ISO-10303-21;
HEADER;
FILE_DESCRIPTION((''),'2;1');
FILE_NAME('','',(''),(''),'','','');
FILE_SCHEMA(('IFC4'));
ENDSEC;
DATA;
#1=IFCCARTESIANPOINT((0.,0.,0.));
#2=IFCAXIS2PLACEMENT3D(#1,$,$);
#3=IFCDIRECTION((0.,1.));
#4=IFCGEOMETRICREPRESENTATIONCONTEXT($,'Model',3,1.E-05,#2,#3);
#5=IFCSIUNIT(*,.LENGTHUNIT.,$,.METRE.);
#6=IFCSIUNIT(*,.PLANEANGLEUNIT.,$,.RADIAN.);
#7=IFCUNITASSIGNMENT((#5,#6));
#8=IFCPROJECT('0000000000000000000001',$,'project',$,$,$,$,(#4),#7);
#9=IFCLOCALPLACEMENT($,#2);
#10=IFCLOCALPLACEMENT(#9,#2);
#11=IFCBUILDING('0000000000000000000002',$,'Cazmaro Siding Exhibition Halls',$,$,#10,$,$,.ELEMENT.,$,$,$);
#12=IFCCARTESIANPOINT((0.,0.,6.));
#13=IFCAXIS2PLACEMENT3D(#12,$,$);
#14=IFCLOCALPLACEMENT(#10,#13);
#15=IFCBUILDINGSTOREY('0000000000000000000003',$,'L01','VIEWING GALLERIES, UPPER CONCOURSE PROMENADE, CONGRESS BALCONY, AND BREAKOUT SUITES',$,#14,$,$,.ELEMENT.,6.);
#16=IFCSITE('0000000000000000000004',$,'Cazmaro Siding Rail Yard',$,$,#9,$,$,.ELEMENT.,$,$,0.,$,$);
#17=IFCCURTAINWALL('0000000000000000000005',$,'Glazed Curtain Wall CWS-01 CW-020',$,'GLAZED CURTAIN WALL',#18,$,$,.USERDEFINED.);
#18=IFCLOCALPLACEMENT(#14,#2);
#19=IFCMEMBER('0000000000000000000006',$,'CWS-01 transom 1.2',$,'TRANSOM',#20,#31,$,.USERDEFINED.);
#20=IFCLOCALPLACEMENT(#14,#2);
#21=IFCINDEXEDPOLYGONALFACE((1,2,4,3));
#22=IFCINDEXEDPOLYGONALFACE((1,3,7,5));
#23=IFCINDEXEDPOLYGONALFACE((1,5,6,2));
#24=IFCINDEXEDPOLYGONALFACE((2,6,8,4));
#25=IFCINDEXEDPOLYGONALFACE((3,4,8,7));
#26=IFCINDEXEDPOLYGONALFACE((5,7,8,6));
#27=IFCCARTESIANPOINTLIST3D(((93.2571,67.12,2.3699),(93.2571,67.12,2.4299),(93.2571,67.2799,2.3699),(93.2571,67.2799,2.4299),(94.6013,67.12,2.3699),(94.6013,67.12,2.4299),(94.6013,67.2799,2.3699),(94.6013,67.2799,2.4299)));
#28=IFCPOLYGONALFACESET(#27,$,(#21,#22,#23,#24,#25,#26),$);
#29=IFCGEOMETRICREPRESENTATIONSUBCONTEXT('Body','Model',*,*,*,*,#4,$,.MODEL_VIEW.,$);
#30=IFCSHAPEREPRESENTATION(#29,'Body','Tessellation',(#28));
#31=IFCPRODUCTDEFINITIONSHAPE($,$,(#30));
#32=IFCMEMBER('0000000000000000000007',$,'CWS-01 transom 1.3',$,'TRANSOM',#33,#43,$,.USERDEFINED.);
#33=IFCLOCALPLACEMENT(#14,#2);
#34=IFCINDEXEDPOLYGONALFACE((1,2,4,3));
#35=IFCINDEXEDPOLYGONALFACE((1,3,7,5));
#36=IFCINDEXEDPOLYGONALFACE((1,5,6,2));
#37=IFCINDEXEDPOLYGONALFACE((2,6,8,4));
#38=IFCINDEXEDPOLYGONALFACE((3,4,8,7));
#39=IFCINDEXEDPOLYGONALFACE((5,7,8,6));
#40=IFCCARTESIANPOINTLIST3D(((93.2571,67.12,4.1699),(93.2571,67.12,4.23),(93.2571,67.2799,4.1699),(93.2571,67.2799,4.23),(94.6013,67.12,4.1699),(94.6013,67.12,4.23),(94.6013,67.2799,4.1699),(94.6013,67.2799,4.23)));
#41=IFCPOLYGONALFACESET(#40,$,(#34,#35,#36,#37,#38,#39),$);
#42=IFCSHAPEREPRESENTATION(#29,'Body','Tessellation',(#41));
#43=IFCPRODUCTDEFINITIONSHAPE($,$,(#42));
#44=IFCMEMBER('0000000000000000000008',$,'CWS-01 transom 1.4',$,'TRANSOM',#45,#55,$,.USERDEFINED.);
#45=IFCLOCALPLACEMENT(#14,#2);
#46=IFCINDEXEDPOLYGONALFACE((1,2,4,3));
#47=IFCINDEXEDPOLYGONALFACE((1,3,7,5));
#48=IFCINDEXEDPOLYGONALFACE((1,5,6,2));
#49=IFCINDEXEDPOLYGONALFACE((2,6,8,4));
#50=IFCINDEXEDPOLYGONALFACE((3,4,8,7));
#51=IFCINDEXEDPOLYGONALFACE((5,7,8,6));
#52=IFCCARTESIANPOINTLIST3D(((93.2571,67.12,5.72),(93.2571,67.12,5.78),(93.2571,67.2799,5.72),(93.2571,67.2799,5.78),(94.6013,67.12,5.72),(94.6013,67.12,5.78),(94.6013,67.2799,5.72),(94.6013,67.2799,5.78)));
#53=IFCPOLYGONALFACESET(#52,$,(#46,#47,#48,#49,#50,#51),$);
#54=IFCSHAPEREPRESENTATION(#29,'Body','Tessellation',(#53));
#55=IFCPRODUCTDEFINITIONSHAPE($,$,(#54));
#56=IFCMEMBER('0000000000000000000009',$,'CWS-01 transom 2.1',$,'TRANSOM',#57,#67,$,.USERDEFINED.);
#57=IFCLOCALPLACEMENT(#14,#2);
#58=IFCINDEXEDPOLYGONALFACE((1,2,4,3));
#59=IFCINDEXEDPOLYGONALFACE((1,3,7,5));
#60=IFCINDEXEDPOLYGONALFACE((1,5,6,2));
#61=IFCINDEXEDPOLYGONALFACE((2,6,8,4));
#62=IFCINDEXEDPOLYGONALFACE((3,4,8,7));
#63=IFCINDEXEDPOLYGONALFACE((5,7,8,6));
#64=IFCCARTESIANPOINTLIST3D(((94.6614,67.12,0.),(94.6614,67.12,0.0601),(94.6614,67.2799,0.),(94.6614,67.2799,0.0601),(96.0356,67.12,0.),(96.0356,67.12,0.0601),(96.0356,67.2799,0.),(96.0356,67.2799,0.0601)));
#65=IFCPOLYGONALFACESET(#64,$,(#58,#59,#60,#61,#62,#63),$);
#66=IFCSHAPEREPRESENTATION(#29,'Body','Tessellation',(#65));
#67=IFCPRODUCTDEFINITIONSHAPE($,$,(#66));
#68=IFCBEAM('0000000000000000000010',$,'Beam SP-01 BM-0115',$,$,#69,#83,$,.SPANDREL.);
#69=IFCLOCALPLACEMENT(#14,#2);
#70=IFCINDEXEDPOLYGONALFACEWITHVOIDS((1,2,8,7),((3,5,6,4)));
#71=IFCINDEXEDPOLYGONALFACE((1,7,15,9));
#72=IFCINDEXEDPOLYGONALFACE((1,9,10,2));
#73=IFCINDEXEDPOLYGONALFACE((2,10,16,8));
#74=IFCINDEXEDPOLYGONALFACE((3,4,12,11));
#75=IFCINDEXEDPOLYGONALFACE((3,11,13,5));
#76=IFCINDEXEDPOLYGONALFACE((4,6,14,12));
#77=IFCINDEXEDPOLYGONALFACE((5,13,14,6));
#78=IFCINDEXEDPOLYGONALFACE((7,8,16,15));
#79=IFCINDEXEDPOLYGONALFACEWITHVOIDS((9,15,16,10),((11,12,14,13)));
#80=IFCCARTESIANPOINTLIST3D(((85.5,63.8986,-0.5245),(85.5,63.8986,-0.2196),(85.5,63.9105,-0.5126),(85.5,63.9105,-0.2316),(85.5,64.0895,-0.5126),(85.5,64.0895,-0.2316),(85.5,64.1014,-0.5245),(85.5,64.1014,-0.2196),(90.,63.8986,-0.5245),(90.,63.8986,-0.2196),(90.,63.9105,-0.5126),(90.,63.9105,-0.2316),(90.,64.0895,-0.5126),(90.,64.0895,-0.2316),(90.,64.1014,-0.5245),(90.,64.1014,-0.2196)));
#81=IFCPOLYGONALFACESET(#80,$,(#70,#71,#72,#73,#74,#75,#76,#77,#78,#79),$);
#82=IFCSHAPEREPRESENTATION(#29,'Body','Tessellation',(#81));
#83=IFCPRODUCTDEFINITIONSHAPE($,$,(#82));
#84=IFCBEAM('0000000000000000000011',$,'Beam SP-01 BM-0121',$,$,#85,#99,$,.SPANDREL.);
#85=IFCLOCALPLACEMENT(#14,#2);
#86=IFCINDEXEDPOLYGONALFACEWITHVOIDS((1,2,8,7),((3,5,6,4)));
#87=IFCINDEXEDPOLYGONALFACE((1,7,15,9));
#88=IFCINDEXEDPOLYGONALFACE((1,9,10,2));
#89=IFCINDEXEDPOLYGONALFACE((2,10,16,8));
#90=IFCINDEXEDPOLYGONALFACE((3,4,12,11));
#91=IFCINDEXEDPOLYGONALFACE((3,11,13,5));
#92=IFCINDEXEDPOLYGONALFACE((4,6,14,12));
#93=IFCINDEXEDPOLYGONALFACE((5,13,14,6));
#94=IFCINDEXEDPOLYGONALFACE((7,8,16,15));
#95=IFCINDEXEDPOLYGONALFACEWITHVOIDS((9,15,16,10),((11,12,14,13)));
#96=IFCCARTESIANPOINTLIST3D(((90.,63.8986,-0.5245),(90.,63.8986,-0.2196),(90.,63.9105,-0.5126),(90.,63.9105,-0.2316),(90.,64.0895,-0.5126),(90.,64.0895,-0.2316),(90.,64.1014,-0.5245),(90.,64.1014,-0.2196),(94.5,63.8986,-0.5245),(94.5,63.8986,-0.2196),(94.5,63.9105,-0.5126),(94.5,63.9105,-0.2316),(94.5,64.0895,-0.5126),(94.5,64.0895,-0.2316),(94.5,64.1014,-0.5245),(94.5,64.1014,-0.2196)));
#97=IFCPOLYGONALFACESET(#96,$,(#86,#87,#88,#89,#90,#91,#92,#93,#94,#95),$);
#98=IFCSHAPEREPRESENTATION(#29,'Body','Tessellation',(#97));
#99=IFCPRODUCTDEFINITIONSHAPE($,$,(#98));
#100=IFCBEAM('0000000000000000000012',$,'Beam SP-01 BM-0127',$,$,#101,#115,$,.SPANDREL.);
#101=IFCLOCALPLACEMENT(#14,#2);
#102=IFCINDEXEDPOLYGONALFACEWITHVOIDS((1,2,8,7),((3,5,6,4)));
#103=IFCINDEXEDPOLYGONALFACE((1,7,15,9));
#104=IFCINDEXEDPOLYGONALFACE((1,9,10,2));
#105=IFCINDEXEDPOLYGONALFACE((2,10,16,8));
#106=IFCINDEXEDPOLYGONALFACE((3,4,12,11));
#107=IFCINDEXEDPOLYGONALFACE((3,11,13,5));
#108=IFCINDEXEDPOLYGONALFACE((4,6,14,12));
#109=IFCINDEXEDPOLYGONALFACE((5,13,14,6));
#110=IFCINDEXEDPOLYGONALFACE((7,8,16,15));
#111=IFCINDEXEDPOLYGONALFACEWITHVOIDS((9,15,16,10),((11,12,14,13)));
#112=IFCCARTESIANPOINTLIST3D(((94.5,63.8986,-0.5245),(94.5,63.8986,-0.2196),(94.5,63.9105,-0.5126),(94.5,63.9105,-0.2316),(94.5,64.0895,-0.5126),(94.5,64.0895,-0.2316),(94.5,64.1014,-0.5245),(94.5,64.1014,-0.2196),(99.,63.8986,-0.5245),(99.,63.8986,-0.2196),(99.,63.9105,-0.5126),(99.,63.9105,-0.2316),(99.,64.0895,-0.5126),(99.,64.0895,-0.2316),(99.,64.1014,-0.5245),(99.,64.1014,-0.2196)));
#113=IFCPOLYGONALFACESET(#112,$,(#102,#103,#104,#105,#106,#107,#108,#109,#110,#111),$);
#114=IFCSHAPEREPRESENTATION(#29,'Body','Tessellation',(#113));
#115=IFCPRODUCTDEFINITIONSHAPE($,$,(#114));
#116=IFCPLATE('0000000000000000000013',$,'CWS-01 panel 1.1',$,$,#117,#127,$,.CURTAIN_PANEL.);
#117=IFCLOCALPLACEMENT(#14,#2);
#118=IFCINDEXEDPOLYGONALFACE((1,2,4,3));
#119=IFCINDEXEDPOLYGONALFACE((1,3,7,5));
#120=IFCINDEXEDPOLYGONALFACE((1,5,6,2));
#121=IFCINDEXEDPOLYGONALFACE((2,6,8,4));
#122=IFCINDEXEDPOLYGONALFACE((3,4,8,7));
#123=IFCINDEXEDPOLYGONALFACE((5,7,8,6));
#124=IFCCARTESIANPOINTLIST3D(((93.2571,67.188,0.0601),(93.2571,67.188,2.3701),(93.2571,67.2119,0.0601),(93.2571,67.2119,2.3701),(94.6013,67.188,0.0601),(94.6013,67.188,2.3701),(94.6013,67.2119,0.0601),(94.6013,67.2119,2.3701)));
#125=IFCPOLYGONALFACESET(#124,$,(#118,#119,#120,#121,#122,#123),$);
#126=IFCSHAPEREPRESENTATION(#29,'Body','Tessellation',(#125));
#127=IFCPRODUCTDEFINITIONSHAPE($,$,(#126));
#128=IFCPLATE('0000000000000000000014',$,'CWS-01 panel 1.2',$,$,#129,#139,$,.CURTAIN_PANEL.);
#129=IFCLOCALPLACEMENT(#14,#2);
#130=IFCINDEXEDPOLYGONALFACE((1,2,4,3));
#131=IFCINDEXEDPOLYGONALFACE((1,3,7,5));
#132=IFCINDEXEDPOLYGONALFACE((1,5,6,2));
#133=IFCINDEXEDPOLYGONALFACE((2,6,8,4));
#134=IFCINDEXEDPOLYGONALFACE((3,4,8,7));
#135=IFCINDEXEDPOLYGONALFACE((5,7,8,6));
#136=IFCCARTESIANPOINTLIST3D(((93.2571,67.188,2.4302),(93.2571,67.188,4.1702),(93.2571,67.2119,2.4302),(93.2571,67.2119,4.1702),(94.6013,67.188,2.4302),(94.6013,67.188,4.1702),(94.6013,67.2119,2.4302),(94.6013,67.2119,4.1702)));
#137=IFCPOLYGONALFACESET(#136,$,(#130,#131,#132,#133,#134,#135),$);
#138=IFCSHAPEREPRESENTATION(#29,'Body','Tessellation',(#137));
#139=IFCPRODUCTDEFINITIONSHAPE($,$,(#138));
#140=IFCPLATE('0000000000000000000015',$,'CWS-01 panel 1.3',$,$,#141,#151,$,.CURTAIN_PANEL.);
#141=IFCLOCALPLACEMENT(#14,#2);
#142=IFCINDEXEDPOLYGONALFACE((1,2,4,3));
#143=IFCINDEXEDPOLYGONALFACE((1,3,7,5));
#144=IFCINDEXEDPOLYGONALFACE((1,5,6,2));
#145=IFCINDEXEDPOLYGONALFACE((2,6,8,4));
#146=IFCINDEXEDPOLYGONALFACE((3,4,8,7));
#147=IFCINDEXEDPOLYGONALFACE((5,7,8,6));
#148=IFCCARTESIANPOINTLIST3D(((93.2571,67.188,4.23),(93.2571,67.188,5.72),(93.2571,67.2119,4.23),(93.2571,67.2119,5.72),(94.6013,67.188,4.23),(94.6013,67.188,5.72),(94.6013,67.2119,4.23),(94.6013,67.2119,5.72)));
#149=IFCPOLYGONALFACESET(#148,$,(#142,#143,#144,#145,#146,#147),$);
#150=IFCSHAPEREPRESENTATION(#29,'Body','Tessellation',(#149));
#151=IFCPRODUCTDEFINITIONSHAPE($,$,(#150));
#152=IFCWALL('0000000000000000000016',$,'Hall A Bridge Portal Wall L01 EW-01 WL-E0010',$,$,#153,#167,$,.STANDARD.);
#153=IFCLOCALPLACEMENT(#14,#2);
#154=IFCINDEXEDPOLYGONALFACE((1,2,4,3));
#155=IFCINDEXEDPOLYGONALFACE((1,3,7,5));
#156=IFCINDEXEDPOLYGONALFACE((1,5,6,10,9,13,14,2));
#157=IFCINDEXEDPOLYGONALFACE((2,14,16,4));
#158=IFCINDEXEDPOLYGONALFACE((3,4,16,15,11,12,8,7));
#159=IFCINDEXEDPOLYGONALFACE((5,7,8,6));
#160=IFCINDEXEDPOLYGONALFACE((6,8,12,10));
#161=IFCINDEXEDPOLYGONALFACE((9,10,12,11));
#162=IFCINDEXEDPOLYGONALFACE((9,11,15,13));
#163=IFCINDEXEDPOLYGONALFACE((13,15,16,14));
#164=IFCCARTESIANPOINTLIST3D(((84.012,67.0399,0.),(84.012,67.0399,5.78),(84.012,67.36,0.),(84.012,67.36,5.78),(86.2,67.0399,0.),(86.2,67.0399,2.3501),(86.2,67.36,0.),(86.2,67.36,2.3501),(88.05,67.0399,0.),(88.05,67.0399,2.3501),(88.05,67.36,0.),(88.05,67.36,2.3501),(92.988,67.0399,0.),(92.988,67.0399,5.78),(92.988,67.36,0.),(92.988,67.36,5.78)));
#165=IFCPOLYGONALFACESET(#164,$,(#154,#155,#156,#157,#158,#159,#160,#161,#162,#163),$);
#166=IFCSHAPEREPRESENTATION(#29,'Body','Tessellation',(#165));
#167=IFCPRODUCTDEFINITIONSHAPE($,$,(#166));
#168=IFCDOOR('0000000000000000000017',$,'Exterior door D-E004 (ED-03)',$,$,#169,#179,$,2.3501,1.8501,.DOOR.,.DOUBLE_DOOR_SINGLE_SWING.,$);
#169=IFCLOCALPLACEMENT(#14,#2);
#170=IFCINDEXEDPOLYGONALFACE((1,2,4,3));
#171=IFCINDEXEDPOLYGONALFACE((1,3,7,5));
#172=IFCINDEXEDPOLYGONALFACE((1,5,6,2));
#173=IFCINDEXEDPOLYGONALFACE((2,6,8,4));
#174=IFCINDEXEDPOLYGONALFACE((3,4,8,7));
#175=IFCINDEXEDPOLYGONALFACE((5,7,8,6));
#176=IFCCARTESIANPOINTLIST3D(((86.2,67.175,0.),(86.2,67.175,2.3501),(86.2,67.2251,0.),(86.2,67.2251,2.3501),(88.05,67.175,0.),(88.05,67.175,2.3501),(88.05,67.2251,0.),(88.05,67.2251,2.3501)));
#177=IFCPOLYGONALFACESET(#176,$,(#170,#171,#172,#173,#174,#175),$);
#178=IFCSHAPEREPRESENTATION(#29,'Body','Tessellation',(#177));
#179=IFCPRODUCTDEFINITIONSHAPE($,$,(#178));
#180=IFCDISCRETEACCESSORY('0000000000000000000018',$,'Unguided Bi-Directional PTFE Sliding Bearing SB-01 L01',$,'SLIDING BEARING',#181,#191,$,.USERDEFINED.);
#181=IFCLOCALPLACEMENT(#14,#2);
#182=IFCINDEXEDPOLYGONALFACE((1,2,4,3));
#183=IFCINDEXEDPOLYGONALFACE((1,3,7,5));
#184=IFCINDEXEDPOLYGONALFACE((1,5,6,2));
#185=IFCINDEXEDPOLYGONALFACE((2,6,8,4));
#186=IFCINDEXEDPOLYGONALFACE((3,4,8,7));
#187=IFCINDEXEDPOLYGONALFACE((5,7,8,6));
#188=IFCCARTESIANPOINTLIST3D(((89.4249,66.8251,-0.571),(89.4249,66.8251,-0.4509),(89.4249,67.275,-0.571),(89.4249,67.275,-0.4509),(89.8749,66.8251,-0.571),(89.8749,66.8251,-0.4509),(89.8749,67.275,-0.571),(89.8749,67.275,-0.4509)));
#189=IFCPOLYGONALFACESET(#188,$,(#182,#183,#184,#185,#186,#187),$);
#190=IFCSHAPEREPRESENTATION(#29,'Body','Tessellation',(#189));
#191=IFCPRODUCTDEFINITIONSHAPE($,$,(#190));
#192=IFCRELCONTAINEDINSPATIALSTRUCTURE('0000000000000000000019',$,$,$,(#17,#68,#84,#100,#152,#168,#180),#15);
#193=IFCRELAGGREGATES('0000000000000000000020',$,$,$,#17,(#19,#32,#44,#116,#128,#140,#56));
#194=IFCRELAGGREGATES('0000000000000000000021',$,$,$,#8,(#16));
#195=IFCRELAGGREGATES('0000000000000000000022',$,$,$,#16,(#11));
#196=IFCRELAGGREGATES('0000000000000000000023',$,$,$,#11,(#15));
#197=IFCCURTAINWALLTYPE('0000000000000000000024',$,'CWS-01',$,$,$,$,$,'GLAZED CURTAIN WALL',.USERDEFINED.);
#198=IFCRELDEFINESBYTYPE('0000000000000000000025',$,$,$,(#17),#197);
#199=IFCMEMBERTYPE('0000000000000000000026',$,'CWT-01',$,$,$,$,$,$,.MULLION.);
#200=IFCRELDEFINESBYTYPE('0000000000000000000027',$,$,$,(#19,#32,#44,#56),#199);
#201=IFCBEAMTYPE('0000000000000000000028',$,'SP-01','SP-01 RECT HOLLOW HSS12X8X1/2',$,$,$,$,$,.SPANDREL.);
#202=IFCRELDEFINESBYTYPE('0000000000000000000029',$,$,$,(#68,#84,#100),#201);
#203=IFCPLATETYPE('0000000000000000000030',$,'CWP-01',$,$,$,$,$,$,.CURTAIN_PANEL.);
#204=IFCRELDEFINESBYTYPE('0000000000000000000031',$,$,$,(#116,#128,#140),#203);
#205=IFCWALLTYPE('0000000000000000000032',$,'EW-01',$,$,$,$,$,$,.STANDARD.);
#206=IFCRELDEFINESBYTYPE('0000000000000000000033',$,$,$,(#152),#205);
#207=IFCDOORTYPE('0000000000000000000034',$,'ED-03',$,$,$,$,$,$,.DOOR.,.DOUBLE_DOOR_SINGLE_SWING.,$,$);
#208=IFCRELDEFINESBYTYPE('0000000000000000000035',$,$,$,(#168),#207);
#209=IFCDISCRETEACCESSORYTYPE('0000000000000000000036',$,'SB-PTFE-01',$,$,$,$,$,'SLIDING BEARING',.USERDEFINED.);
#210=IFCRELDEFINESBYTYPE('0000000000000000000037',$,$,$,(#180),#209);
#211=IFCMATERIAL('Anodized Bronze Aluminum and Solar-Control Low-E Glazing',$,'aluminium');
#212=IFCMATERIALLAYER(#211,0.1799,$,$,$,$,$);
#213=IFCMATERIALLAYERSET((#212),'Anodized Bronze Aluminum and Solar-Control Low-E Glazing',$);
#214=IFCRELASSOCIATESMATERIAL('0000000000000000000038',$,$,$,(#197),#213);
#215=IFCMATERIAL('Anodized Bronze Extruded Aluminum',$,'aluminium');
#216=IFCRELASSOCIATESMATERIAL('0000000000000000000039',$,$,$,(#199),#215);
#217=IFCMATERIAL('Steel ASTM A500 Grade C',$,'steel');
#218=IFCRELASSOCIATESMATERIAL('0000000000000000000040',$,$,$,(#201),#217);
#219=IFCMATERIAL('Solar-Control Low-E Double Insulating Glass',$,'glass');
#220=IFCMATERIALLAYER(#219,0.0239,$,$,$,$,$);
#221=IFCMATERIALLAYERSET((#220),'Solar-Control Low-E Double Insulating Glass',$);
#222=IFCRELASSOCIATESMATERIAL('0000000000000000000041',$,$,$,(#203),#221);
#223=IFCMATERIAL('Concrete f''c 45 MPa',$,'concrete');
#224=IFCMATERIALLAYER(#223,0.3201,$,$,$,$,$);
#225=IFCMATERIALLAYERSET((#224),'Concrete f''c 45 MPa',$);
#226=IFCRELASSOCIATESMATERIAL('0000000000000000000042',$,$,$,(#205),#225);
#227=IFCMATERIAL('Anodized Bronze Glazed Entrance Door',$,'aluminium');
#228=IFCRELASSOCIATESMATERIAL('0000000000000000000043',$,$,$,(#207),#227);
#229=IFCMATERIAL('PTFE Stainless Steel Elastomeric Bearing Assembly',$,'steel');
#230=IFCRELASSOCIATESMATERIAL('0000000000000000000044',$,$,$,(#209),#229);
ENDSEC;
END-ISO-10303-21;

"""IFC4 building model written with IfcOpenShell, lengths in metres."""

from ifc_helpers import new_model, si_unit, direction, frame, frame_2d, origin, origin_2d, place, context, subcontext, project, spatial, rectangle, hollow_rectangle, extrude, material, layer, layer_set, material_profile, profile_set, type_object, element, fill, aggregate, save


model = new_model("IFC4")

# Units and contexts
model_context = context("Model", 3, precision=1e-05, world=origin(), true_north=direction((0.0, 1.0)))
body_context = subcontext(model_context, "Body", "Model", "MODEL_VIEW")
ifc_project = project(units=[si_unit("LENGTHUNIT", "METRE"), si_unit("PLANEANGLEUNIT", "RADIAN")], contexts=[model_context])

# Site, building, storey
site_placement = place(None, origin())
site = spatial("IfcSite", under=ifc_project, at=site_placement, Name="Cazmaro Siding Rail Yard", CompositionType="ELEMENT", RefElevation=0.0)
building_placement = place(site_placement, origin())
building = spatial("IfcBuilding", under=site, at=building_placement, Name="Cazmaro Siding Exhibition Halls", CompositionType="ELEMENT")
storey_placement = place(building_placement, frame((0.0, 0.0, 6.0)))
storey = spatial("IfcBuildingStorey", under=building, at=storey_placement, Name="L01", Description="VIEWING GALLERIES, UPPER CONCOURSE PROMENADE, CONGRESS BALCONY, AND BREAKOUT SUITES", CompositionType="ELEMENT", Elevation=6.0)

# Curtain wall, members
ifc_material_1 = material(Name="Anodized Bronze Aluminum and Solar-Control Low-E Glazing", Category="aluminium")
ifc_layer_1 = layer(ifc_material_1, 0.1799)
ifc_layer_set_1 = layer_set([ifc_layer_1], Name="Anodized Bronze Aluminum and Solar-Control Low-E Glazing")
curtain_wall_type = type_object("IfcCurtainWallType", Name="CWS-01", ElementType="GLAZED CURTAIN WALL", PredefinedType="USERDEFINED", material=ifc_layer_set_1)
curtain_wall_placement = place(storey_placement, origin())
curtain_wall = element("IfcCurtainWall", 1, at=curtain_wall_placement, inside=storey, type_object=curtain_wall_type, Name="Glazed Curtain Wall CWS-01 CW-020", ObjectType="GLAZED CURTAIN WALL", PredefinedType="USERDEFINED")
ifc_material_2 = material(Name="Anodized Bronze Extruded Aluminum", Category="aluminium")
ifc_material_profile_1 = material_profile(ifc_material_2, rectangle(XDim=0.1599, YDim=0.0601, at=origin_2d()), Name="CWT-01")
ifc_profile_set_1 = profile_set([ifc_material_profile_1], Name="Anodized Bronze Extruded Aluminum")
member_type_1 = type_object("IfcMemberType", Name="CWT-01", PredefinedType="MULLION", material=ifc_profile_set_1)
member_1_placement = place(storey_placement, frame((93.2571, 67.2, 2.3999), z_axis=(1.0, 0.0, 0.0), x_axis=(0.0, 1.0, 0.0)))
member_1 = element("IfcMember", 2, at=member_1_placement, type_object=member_type_1, Name="CWS-01 transom 1.2", ObjectType="TRANSOM", PredefinedType="USERDEFINED", context=body_context, shape_type="SweptSolid", body=[
    extrude(rectangle(XDim=0.1599, YDim=0.0601, at=origin_2d()), origin(), (0.0, 0.0, 1.0), 1.3442),
])
member_2_placement = place(storey_placement, frame((93.2571, 67.2, 4.2), z_axis=(1.0, 0.0, 0.0), x_axis=(0.0, 1.0, 0.0)))
member_2 = element("IfcMember", 3, at=member_2_placement, type_object=member_type_1, Name="CWS-01 transom 1.3", ObjectType="TRANSOM", PredefinedType="USERDEFINED", context=body_context, shape_type="SweptSolid", body=[
    extrude(rectangle(XDim=0.1599, YDim=0.0601, at=origin_2d()), origin(), (0.0, 0.0, 1.0), 1.3442),
])
member_3_placement = place(storey_placement, frame((93.2571, 67.2, 5.75), z_axis=(1.0, 0.0, 0.0), x_axis=(0.0, 1.0, 0.0)))
member_3 = element("IfcMember", 4, at=member_3_placement, type_object=member_type_1, Name="CWS-01 transom 1.4", ObjectType="TRANSOM", PredefinedType="USERDEFINED", context=body_context, shape_type="SweptSolid", body=[
    extrude(rectangle(XDim=0.1599, YDim=0.0601, at=origin_2d()), origin(), (0.0, 0.0, 1.0), 1.3442),
])
member_4_placement = place(storey_placement, frame((94.6614, 67.2, 0.03), z_axis=(1.0, 0.0, 0.0), x_axis=(0.0, 1.0, 0.0)))
member_4 = element("IfcMember", 5, at=member_4_placement, type_object=member_type_1, Name="CWS-01 transom 2.1", ObjectType="TRANSOM", PredefinedType="USERDEFINED", context=body_context, shape_type="SweptSolid", body=[
    extrude(rectangle(XDim=0.1599, YDim=0.0601, at=origin_2d()), origin(), (0.0, 0.0, 1.0), 1.3743),
])

# Beams
ifc_material_3 = material(Name="Steel ASTM A500 Grade C", Category="steel")
ifc_material_profile_2 = material_profile(ifc_material_3, hollow_rectangle(XDim=0.2029, YDim=0.3049, WallThickness=0.012, at=origin_2d()), Name="HSS12X8X1/2")
ifc_profile_set_2 = profile_set([ifc_material_profile_2], Name="Steel ASTM A500 Grade C")
beam_type_1 = type_object("IfcBeamType", Name="SP-01", Description="SP-01 RECT HOLLOW HSS12X8X1/2", PredefinedType="SPANDREL", material=ifc_profile_set_2)
for number, where, z_axis, x_axis, name in (
    (6, (85.5, 64.0, -0.3721), (1.0, 0.0, 0.0), (0.0, 1.0, 0.0), "Beam SP-01 BM-0115"),
    (7, (90.0, 64.0, -0.3721), (1.0, 0.0, 0.0), (0.0, 1.0, 0.0), "Beam SP-01 BM-0121"),
    (8, (94.5, 64.0, -0.3721), (1.0, 0.0, 0.0), (0.0, 1.0, 0.0), "Beam SP-01 BM-0127"),
):
    element("IfcBeam", number, at=place(storey_placement, frame(where, z_axis=z_axis, x_axis=x_axis)), inside=storey, type_object=beam_type_1, Name=name, PredefinedType="SPANDREL", context=body_context, shape_type="SweptSolid", body=[
        extrude(hollow_rectangle(XDim=0.2029, YDim=0.3049, WallThickness=0.012, at=origin_2d()), origin(), (0.0, 0.0, 1.0), 4.5),
    ])

# Plates
ifc_material_4 = material(Name="Solar-Control Low-E Double Insulating Glass", Category="glass")
ifc_layer_2 = layer(ifc_material_4, 0.0239)
ifc_layer_set_2 = layer_set([ifc_layer_2], Name="Solar-Control Low-E Double Insulating Glass")
plate_type = type_object("IfcPlateType", Name="CWP-01", PredefinedType="CURTAIN_PANEL", material=ifc_layer_set_2)
plate_1_placement = place(storey_placement, frame((93.9292, 67.2, 0.0601), z_axis=(0.0, 0.0, 1.0), x_axis=(1.0, 0.0, 0.0)))
plate_1 = element("IfcPlate", 9, at=plate_1_placement, type_object=plate_type, Name="CWS-01 panel 1.1", PredefinedType="CURTAIN_PANEL", context=body_context, shape_type="SweptSolid", body=[
    extrude(rectangle(XDim=1.3442, YDim=0.0239, at=origin_2d()), origin(), (0.0, 0.0, 1.0), 2.3101),
])
plate_2_placement = place(storey_placement, frame((93.9292, 67.2, 2.4302), z_axis=(0.0, 0.0, 1.0), x_axis=(1.0, 0.0, 0.0)))
plate_2 = element("IfcPlate", 10, at=plate_2_placement, type_object=plate_type, Name="CWS-01 panel 1.2", PredefinedType="CURTAIN_PANEL", context=body_context, shape_type="SweptSolid", body=[
    extrude(rectangle(XDim=1.3442, YDim=0.0239, at=origin_2d()), origin(), (0.0, 0.0, 1.0), 1.74),
])
plate_3_placement = place(storey_placement, frame((93.9292, 67.2, 4.23), z_axis=(0.0, 0.0, 1.0), x_axis=(1.0, 0.0, 0.0)))
plate_3 = element("IfcPlate", 11, at=plate_3_placement, type_object=plate_type, Name="CWS-01 panel 1.3", PredefinedType="CURTAIN_PANEL", context=body_context, shape_type="SweptSolid", body=[
    extrude(rectangle(XDim=1.3442, YDim=0.0239, at=origin_2d()), origin(), (0.0, 0.0, 1.0), 1.49),
])
aggregate(curtain_wall, [member_1, member_2, member_3, plate_1, plate_2, plate_3, member_4])

# Wall, opening, door
ifc_material_5 = material(Name="Concrete f'c 45 MPa", Category="concrete")
ifc_layer_3 = layer(ifc_material_5, 0.3201)
ifc_layer_set_3 = layer_set([ifc_layer_3], Name="Concrete f'c 45 MPa")
wall_type = type_object("IfcWallType", Name="EW-01", PredefinedType="STANDARD", material=ifc_layer_set_3)
wall_placement = place(storey_placement, frame((92.988, 67.2, 0.0), z_axis=(0.0, 0.0, 1.0), x_axis=(-1.0, 0.0, 0.0)))
wall = element("IfcWall", 12, at=wall_placement, inside=storey, type_object=wall_type, Name="Hall A Bridge Portal Wall L01 EW-01 WL-E0010", PredefinedType="STANDARD", context=body_context, shape_type="SweptSolid", body=[
    extrude(rectangle(XDim=8.9761, YDim=0.3201, at=frame_2d((4.488, 0.0))), origin(), (0.0, 0.0, 1.0), 5.78),
])
opening_placement = place(wall_placement, frame((4.938, 0.0, 0.0)))
opening = element("IfcOpeningElement", 13, at=opening_placement, cuts=wall, PredefinedType="OPENING", context=body_context, shape_type="SweptSolid", body=[
    extrude(rectangle(XDim=1.8501, YDim=2.3501, at=frame_2d((0.925, 1.175))), frame((0.0, 0.1699, 0.0), z_axis=(0.0, -1.0, 0.0), x_axis=(1.0, 0.0, 0.0)), (0.0, 0.0, 1.0), 0.3401),
])
ifc_material_6 = material(Name="Anodized Bronze Glazed Entrance Door", Category="aluminium")
door_type = type_object("IfcDoorType", Name="ED-03", OperationType="DOUBLE_DOOR_SINGLE_SWING", PredefinedType="DOOR", material=ifc_material_6)
door_placement = place(opening_placement, origin())
door = element("IfcDoor", 14, at=door_placement, inside=storey, type_object=door_type, Name="Exterior door D-E004 (ED-03)", OperationType="DOUBLE_DOOR_SINGLE_SWING", OverallHeight=2.3501, OverallWidth=1.8501, PredefinedType="DOOR", context=body_context, shape_type="SweptSolid", body=[
    extrude(rectangle(XDim=1.8501, YDim=2.3501, at=frame_2d((0.925, 1.175))), frame((0.0, 0.0249, 0.0), z_axis=(0.0, -1.0, 0.0), x_axis=(1.0, 0.0, 0.0)), (0.0, 0.0, 1.0), 0.05),
])
fill(opening, door)

# Discrete accessory
ifc_material_7 = material(Name="PTFE Stainless Steel Elastomeric Bearing Assembly", Category="steel")
discrete_accessory_type_1 = type_object("IfcDiscreteAccessoryType", Name="SB-PTFE-01", ElementType="SLIDING BEARING", PredefinedType="USERDEFINED", material=ifc_material_7)
discrete_accessory_1_placement = place(storey_placement, frame((89.6499, 67.05, -0.571), z_axis=(0.0, 0.0, 1.0), x_axis=(1.0, 0.0, 0.0)))
element("IfcDiscreteAccessory", 15, at=discrete_accessory_1_placement, inside=storey, type_object=discrete_accessory_type_1, Name="Unguided Bi-Directional PTFE Sliding Bearing SB-01 L01", ObjectType="SLIDING BEARING", PredefinedType="USERDEFINED", context=body_context, shape_type="SweptSolid", body=[
    extrude(rectangle(XDim=0.45, YDim=0.45, at=origin_2d()), origin(), (0.0, 0.0, 1.0), 0.1201),
])

save(model, "model.ifc")
